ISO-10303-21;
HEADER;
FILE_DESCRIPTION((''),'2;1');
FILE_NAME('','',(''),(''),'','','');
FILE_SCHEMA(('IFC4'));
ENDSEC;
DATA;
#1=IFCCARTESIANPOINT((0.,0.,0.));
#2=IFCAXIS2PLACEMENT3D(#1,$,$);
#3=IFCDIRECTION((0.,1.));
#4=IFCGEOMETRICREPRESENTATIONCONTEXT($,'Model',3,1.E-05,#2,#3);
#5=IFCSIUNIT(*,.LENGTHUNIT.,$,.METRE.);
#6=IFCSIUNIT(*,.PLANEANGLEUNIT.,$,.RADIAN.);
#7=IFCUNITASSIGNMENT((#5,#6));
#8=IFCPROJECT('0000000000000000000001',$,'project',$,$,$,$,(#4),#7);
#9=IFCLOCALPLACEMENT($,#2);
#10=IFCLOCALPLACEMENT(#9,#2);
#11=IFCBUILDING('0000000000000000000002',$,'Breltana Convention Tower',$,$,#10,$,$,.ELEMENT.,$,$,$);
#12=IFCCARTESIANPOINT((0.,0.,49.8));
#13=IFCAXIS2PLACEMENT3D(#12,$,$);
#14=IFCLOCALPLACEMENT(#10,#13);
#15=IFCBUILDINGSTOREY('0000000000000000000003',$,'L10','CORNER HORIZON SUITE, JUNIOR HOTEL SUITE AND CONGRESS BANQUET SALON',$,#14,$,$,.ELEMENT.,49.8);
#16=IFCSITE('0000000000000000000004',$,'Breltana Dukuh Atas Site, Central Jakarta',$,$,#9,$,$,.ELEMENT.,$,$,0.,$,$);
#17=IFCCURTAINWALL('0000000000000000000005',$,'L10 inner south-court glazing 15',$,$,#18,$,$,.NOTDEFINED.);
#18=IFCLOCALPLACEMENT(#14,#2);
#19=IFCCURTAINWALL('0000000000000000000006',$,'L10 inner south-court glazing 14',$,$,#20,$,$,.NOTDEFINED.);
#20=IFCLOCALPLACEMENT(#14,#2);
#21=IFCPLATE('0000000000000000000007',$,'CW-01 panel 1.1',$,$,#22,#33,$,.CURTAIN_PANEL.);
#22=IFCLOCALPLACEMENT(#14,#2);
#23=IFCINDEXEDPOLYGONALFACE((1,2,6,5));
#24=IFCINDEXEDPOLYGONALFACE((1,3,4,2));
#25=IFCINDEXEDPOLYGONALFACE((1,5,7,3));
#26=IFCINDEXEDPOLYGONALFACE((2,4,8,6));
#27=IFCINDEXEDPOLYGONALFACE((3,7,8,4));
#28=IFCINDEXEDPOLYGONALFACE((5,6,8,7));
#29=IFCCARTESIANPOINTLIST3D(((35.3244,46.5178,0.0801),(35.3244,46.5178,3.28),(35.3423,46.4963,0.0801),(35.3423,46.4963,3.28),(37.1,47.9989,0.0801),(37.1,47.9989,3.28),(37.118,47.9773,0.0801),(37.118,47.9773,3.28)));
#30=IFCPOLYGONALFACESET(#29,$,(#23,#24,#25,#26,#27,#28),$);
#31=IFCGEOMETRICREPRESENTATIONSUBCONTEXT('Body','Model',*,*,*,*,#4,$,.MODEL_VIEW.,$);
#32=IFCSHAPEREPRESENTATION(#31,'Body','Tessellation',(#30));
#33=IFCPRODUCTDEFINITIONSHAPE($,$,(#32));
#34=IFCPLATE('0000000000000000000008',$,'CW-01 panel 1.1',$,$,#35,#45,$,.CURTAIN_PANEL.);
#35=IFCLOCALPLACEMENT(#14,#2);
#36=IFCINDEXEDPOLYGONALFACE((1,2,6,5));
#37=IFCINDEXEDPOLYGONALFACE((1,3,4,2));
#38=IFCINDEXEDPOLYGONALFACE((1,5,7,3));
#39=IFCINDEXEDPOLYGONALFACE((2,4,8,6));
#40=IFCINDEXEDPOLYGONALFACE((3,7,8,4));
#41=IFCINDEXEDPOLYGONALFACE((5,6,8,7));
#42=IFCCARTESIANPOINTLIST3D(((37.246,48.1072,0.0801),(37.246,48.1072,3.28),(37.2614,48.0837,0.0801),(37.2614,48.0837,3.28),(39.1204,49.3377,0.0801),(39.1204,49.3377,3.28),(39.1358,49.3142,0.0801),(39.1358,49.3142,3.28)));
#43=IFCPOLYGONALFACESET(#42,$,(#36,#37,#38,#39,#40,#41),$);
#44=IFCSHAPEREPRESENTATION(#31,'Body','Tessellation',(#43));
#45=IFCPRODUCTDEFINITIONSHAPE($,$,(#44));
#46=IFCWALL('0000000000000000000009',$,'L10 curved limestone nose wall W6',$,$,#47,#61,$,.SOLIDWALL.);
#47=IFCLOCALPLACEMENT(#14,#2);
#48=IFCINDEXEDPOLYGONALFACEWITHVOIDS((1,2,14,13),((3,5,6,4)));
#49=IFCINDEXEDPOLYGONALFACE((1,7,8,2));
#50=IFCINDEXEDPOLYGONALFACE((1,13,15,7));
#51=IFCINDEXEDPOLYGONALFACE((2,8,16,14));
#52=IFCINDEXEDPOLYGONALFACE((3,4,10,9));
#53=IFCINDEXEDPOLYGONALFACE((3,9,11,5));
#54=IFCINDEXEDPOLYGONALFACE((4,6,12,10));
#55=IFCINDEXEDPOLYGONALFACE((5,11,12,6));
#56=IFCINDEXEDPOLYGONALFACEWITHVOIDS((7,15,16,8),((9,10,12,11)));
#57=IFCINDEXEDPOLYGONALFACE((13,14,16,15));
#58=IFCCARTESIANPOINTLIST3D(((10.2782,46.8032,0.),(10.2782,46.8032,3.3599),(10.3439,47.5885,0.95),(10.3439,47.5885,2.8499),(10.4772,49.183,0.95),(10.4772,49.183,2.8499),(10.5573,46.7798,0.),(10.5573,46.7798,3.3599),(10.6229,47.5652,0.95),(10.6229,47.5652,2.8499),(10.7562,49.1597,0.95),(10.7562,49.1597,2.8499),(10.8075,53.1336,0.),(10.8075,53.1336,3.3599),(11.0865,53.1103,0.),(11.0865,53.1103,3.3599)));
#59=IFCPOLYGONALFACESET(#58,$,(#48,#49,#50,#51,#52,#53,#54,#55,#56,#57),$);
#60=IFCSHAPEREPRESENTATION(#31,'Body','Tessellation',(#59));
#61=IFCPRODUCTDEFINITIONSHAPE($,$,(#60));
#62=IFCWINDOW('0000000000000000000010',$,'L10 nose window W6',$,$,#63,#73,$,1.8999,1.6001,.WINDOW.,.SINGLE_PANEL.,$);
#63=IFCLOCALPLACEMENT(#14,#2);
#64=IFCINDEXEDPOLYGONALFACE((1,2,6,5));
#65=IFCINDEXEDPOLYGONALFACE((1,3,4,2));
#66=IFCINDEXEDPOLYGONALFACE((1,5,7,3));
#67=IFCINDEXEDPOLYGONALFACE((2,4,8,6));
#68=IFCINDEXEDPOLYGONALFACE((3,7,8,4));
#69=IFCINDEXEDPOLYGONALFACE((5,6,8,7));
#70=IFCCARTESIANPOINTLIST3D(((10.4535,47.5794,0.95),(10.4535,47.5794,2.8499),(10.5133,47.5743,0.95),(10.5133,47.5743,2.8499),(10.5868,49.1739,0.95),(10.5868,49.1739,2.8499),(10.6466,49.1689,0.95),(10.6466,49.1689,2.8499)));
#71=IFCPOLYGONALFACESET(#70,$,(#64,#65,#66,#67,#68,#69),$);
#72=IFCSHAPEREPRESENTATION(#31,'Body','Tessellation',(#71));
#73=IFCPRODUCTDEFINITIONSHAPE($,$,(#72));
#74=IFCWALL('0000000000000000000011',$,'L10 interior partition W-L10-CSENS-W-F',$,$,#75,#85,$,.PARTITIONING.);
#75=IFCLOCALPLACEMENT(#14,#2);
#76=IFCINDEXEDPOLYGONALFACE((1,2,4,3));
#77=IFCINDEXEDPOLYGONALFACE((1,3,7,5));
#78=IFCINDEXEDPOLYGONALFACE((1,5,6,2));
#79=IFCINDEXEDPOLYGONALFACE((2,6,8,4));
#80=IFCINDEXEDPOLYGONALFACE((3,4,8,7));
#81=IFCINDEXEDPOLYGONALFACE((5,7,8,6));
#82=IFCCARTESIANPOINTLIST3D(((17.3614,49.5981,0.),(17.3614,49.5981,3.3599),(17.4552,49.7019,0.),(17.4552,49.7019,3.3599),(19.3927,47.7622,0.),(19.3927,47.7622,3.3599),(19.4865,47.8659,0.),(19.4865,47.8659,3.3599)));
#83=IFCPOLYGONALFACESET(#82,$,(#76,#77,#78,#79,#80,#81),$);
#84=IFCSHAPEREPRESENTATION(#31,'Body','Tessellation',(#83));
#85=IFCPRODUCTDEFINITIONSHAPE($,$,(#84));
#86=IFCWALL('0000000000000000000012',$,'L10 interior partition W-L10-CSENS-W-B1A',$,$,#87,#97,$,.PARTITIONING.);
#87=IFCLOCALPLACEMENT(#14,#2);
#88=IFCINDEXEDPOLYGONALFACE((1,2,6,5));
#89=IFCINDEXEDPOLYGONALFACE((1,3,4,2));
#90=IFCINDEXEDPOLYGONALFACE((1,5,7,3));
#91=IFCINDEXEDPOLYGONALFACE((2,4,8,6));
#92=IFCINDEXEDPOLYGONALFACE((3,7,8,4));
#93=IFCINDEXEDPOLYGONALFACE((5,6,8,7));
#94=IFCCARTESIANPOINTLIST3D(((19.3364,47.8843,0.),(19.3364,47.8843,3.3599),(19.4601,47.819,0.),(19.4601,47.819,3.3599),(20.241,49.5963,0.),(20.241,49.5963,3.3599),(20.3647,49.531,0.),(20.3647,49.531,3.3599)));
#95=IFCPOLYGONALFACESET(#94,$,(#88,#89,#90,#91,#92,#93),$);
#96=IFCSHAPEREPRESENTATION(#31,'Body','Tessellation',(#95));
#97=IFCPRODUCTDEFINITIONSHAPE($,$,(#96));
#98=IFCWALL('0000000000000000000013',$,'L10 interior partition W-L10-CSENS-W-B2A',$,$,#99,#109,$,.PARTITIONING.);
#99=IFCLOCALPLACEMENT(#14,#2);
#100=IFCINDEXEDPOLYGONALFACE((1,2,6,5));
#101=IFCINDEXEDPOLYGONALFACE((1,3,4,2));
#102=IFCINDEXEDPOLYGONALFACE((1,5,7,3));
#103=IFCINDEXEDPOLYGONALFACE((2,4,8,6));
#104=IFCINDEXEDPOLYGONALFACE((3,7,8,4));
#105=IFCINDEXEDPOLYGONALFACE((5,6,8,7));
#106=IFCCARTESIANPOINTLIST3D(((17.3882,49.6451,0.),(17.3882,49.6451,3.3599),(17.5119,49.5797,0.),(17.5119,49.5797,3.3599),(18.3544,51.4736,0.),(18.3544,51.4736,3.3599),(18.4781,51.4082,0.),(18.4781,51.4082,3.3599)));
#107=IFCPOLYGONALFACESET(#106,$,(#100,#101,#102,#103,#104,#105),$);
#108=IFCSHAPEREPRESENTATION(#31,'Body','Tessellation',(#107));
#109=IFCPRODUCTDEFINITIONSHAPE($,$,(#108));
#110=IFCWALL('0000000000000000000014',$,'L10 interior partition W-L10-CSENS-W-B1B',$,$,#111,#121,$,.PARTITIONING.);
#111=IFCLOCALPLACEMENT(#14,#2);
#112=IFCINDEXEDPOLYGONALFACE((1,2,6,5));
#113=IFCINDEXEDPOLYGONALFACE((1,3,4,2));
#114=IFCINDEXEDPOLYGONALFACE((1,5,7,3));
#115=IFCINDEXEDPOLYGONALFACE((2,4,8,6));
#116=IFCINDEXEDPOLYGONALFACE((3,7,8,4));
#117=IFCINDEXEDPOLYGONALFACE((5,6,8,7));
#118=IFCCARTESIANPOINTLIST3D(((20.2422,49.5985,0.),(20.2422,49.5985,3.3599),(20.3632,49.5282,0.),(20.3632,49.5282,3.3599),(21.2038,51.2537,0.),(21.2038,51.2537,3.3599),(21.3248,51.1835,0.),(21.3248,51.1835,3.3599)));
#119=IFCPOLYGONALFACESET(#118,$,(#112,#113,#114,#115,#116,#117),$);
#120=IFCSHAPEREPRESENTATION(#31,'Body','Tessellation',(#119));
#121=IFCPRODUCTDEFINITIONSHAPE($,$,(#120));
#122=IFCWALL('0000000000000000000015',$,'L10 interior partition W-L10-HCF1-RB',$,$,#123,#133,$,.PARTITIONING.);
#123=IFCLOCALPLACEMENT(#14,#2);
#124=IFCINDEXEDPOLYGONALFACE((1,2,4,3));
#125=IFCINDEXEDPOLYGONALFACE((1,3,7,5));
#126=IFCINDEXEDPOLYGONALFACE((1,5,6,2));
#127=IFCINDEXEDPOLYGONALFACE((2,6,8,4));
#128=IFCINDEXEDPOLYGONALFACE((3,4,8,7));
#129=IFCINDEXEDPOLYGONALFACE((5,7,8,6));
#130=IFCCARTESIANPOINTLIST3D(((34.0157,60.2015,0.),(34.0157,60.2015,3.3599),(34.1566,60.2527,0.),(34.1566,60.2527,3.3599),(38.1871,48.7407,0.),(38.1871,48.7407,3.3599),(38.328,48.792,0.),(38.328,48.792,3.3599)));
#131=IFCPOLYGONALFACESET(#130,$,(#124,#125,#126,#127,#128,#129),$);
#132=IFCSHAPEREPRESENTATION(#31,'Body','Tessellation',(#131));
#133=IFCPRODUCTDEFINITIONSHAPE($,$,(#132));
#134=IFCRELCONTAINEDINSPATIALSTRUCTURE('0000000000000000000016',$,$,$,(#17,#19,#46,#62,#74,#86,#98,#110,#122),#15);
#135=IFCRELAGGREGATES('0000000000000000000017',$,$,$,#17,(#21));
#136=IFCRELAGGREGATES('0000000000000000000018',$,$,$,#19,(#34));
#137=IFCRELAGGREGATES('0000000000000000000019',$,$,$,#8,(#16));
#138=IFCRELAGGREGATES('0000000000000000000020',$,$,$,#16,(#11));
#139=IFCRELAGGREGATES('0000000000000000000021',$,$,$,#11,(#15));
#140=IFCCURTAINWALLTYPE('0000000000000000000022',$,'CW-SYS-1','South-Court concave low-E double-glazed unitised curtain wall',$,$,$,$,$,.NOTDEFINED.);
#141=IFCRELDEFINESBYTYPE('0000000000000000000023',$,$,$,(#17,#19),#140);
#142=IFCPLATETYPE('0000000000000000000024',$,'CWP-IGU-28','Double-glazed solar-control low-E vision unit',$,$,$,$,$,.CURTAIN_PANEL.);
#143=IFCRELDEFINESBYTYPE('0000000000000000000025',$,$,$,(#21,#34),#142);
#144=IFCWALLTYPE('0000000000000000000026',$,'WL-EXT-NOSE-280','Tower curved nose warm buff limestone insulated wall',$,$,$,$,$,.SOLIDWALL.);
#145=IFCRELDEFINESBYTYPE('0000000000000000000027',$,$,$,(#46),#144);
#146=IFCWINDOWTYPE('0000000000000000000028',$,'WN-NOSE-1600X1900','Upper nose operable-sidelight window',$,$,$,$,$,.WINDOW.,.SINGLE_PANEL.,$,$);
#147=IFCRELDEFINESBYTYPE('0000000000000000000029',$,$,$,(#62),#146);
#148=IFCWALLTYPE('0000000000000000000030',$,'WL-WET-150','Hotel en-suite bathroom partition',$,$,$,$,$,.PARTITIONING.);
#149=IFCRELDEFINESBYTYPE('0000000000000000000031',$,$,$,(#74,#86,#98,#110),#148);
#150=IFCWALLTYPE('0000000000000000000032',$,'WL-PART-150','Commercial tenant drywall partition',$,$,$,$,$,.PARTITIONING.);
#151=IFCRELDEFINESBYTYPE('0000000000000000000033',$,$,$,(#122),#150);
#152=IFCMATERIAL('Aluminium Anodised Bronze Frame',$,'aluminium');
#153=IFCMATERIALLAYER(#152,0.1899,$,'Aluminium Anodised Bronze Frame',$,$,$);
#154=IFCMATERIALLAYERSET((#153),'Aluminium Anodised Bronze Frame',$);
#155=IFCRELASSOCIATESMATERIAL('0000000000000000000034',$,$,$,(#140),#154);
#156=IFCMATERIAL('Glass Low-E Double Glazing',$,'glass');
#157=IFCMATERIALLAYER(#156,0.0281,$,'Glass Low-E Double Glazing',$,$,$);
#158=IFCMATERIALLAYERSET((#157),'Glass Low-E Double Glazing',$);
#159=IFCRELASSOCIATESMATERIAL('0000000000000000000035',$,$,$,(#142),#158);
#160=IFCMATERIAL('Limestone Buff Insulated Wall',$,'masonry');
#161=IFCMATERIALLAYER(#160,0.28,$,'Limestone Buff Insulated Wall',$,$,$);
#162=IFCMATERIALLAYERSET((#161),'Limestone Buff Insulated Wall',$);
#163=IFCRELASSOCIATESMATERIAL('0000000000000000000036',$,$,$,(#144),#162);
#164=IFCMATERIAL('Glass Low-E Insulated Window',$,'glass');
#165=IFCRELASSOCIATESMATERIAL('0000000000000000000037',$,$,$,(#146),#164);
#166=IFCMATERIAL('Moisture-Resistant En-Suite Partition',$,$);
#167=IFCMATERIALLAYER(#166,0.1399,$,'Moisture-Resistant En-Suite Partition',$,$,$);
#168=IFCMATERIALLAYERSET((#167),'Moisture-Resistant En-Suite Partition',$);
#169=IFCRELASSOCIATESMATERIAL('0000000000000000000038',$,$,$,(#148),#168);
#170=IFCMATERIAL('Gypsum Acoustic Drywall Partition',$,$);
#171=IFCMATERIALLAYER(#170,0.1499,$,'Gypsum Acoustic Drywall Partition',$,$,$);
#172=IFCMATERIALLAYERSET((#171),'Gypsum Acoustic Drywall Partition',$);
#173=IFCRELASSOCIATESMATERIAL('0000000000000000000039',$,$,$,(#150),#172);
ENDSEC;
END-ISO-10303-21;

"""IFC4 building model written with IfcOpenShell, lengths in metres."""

from ifc_helpers import new_model, si_unit, direction, frame, frame_2d, origin, origin_2d, place, context, subcontext, project, spatial, rectangle, extrude, source, transform, mapped, material, layer, layer_set, type_object, type_shapes, element, fill, aggregate, save


model = new_model("IFC4")

# Units and contexts
model_context = context("Model", 3, precision=1e-05, world=origin(), true_north=direction((0.0, 1.0)))
body_context = subcontext(model_context, "Body", "Model", "MODEL_VIEW")
ifc_project = project(units=[si_unit("LENGTHUNIT", "METRE"), si_unit("PLANEANGLEUNIT", "RADIAN")], contexts=[model_context])

# Site, building, storey
site_placement = place(None, origin())
site = spatial("IfcSite", under=ifc_project, at=site_placement, Name="Breltana Dukuh Atas Site, Central Jakarta", CompositionType="ELEMENT", RefElevation=0.0)
building_placement = place(site_placement, origin())
building = spatial("IfcBuilding", under=site, at=building_placement, Name="Breltana Convention Tower", CompositionType="ELEMENT")
storey_placement = place(building_placement, frame((0.0, 0.0, 49.8)))
storey = spatial("IfcBuildingStorey", under=building, at=storey_placement, Name="L10", Description="CORNER HORIZON SUITE, JUNIOR HOTEL SUITE AND CONGRESS BANQUET SALON", CompositionType="ELEMENT", Elevation=49.8)

# Curtain walls
ifc_material_1 = material(Name="Aluminium Anodised Bronze Frame", Category="aluminium")
ifc_layer_1 = layer(ifc_material_1, 0.1899, Name="Aluminium Anodised Bronze Frame")
ifc_layer_set_1 = layer_set([ifc_layer_1], Name="Aluminium Anodised Bronze Frame")
curtain_wall_type = type_object("IfcCurtainWallType", Name="CW-SYS-1", Description="South-Court concave low-E double-glazed unitised curtain wall", PredefinedType="NOTDEFINED", material=ifc_layer_set_1)
curtain_wall_1_placement = place(storey_placement, origin())
curtain_wall_1 = element("IfcCurtainWall", 1, at=curtain_wall_1_placement, inside=storey, type_object=curtain_wall_type, Name="L10 inner south-court glazing 15", PredefinedType="NOTDEFINED")
curtain_wall_2_placement = place(storey_placement, origin())
curtain_wall_2 = element("IfcCurtainWall", 2, at=curtain_wall_2_placement, inside=storey, type_object=curtain_wall_type, Name="L10 inner south-court glazing 14", PredefinedType="NOTDEFINED")

# Plates
ifc_material_2 = material(Name="Glass Low-E Double Glazing", Category="glass")
ifc_layer_2 = layer(ifc_material_2, 0.0281, Name="Glass Low-E Double Glazing")
ifc_layer_set_2 = layer_set([ifc_layer_2], Name="Glass Low-E Double Glazing")
plate_type = type_object("IfcPlateType", Name="CWP-IGU-28", Description="Double-glazed solar-control low-E vision unit", PredefinedType="CURTAIN_PANEL", material=ifc_layer_set_2)
shared_shape_1 = source(origin(), body_context, "Body", "SweptSolid", [
    extrude(rectangle(XDim=2.3123, YDim=0.0281, at=origin_2d()), origin(), (0.0, 0.0, 1.0), 3.2),
])
plate_1_placement = place(storey_placement, frame((36.2212, 47.2476, 0.0801), z_axis=(0.0, 0.0, 1.0), x_axis=(-0.767939, -0.640523, 0.0)))
plate_1 = element("IfcPlate", 3, at=plate_1_placement, type_object=plate_type, Name="CW-01 panel 1.1", PredefinedType="CURTAIN_PANEL", context=body_context, shape_type="MappedRepresentation", body=[
    mapped(shared_shape_1, transform((0.0, 0.0, 0.0), scale=1.0)),
])
aggregate(curtain_wall_1, [plate_1])
shared_shape_2 = source(origin(), body_context, "Body", "SweptSolid", [
    extrude(rectangle(XDim=2.2422, YDim=0.0281, at=origin_2d()), origin(), (0.0, 0.0, 1.0), 3.2),
])
plate_2_placement = place(storey_placement, frame((38.1909, 48.7107, 0.0801), z_axis=(0.0, 0.0, 1.0), x_axis=(-0.835968, -0.548778, 0.0)))
plate_2 = element("IfcPlate", 4, at=plate_2_placement, type_object=plate_type, Name="CW-01 panel 1.1", PredefinedType="CURTAIN_PANEL", context=body_context, shape_type="MappedRepresentation", body=[
    mapped(shared_shape_2, transform((0.0, 0.0, 0.0), scale=1.0)),
])
aggregate(curtain_wall_2, [plate_2])

# Wall, opening, window
ifc_material_3 = material(Name="Limestone Buff Insulated Wall", Category="masonry")
ifc_layer_3 = layer(ifc_material_3, 0.28, Name="Limestone Buff Insulated Wall")
ifc_layer_set_3 = layer_set([ifc_layer_3], Name="Limestone Buff Insulated Wall")
wall_type_1 = type_object("IfcWallType", Name="WL-EXT-NOSE-280", Description="Tower curved nose warm buff limestone insulated wall", PredefinedType="SOLIDWALL", material=ifc_layer_set_3)
shared_shape_3 = source(origin(), body_context, "Body", "SweptSolid", [
    extrude(rectangle(XDim=6.3525, YDim=0.28, at=frame_2d((3.1763, 0.0))), origin(), (0.0, 0.0, 1.0), 3.3599),
])
wall_1_placement = place(storey_placement, frame((10.4177, 46.7915, 0.0), z_axis=(0.0, 0.0, 1.0), x_axis=(0.083319, 0.996523, 0.0)))
wall_1 = element("IfcWall", 5, at=wall_1_placement, inside=storey, type_object=wall_type_1, Name="L10 curved limestone nose wall W6", PredefinedType="SOLIDWALL", context=body_context, shape_type="MappedRepresentation", body=[
    mapped(shared_shape_3, transform((0.0, 0.0, 0.0), scale=1.0)),
])
opening_placement = place(wall_1_placement, frame((0.7881, 0.0, 0.95)))
opening = element("IfcOpeningElement", 6, at=opening_placement, cuts=wall_1, PredefinedType="OPENING", context=body_context, shape_type="SweptSolid", body=[
    extrude(rectangle(XDim=1.6001, YDim=1.8999, at=frame_2d((0.8, 0.95))), frame((0.0, 0.1499, 0.0), z_axis=(0.0, -1.0, 0.0), x_axis=(1.0, 0.0, 0.0)), (0.0, 0.0, 1.0), 0.3),
])
ifc_material_4 = material(Name="Glass Low-E Insulated Window", Category="glass")
window_type = type_object("IfcWindowType", Name="WN-NOSE-1600X1900", Description="Upper nose operable-sidelight window", PartitioningType="SINGLE_PANEL", PredefinedType="WINDOW", material=ifc_material_4)
shared_shape_4 = source(origin(), body_context, "Body", "SweptSolid", [
    extrude(rectangle(XDim=1.6001, YDim=1.8999, at=frame_2d((0.8, 0.95))), frame((0.0, 0.03, 0.0), z_axis=(0.0, -1.0, 0.0), x_axis=(1.0, 0.0, 0.0)), (0.0, 0.0, 1.0), 0.0601),
])
type_shapes(window_type, [shared_shape_4])
window_placement = place(opening_placement, origin())
window = element("IfcWindow", 7, at=window_placement, inside=storey, type_object=window_type, Name="L10 nose window W6", OverallHeight=1.8999, OverallWidth=1.6001, PartitioningType="SINGLE_PANEL", PredefinedType="WINDOW", context=body_context, shape_type="MappedRepresentation", body=[
    mapped(shared_shape_4, transform((0.0, 0.0, 0.0), scale=1.0)),
])
fill(opening, window)

# Walls
ifc_material_5 = material(Name="Moisture-Resistant En-Suite Partition")
ifc_layer_4 = layer(ifc_material_5, 0.1399, Name="Moisture-Resistant En-Suite Partition")
ifc_layer_set_4 = layer_set([ifc_layer_4], Name="Moisture-Resistant En-Suite Partition")
wall_type_2 = type_object("IfcWallType", Name="WL-WET-150", Description="Hotel en-suite bathroom partition", PredefinedType="PARTITIONING", material=ifc_layer_set_4)
shared_shape_5 = source(origin(), body_context, "Body", "SweptSolid", [
    extrude(rectangle(XDim=2.738, YDim=0.1399, at=frame_2d((1.3691, 0.0))), origin(), (0.0, 0.0, 1.0), 3.3599),
])
wall_2_placement = place(storey_placement, frame((19.4397, 47.814, 0.0), z_axis=(0.0, 0.0, 1.0), x_axis=(-0.741874, 0.67054, 0.0)))
element("IfcWall", 8, at=wall_2_placement, inside=storey, type_object=wall_type_2, Name="L10 interior partition W-L10-CSENS-W-F", PredefinedType="PARTITIONING", context=body_context, shape_type="MappedRepresentation", body=[
    mapped(shared_shape_5, transform((0.0, 0.0, 0.0), scale=1.0)),
])
shared_shape_6 = source(origin(), body_context, "Body", "SweptSolid", [
    extrude(rectangle(XDim=1.9363, YDim=0.1399, at=frame_2d((0.9683, 0.0))), origin(), (0.0, 0.0, 1.0), 3.3599),
])
wall_3_placement = place(storey_placement, frame((19.3982, 47.8516, 0.0), z_axis=(0.0, 0.0, 1.0), x_axis=(0.467175, 0.884165, 0.0)))
element("IfcWall", 9, at=wall_3_placement, inside=storey, type_object=wall_type_2, Name="L10 interior partition W-L10-CSENS-W-B1A", PredefinedType="PARTITIONING", context=body_context, shape_type="MappedRepresentation", body=[
    mapped(shared_shape_6, transform((0.0, 0.0, 0.0), scale=1.0)),
])
shared_shape_7 = source(origin(), body_context, "Body", "SweptSolid", [
    extrude(rectangle(XDim=2.0681, YDim=0.1399, at=frame_2d((1.0342, 0.0))), origin(), (0.0, 0.0, 1.0), 3.3599),
])
wall_4_placement = place(storey_placement, frame((17.45, 49.6123, 0.0), z_axis=(0.0, 0.0, 1.0), x_axis=(0.467215, 0.884144, 0.0)))
element("IfcWall", 10, at=wall_4_placement, inside=storey, type_object=wall_type_2, Name="L10 interior partition W-L10-CSENS-W-B2A", PredefinedType="PARTITIONING", context=body_context, shape_type="MappedRepresentation", body=[
    mapped(shared_shape_7, transform((0.0, 0.0, 0.0), scale=1.0)),
])
shared_shape_8 = source(origin(), body_context, "Body", "SweptSolid", [
    extrude(rectangle(XDim=1.9143, YDim=0.1399, at=frame_2d((0.957, 0.0))), origin(), (0.0, 0.0, 1.0), 3.3599),
])
wall_5_placement = place(storey_placement, frame((20.3027, 49.5635, 0.0), z_axis=(0.0, 0.0, 1.0), x_axis=(0.502348, 0.864666, 0.0)))
element("IfcWall", 11, at=wall_5_placement, inside=storey, type_object=wall_type_2, Name="L10 interior partition W-L10-CSENS-W-B1B", PredefinedType="PARTITIONING", context=body_context, shape_type="MappedRepresentation", body=[
    mapped(shared_shape_8, transform((0.0, 0.0, 0.0), scale=1.0)),
])
ifc_material_6 = material(Name="Gypsum Acoustic Drywall Partition")
ifc_layer_5 = layer(ifc_material_6, 0.1499, Name="Gypsum Acoustic Drywall Partition")
ifc_layer_set_5 = layer_set([ifc_layer_5], Name="Gypsum Acoustic Drywall Partition")
wall_type_3 = type_object("IfcWallType", Name="WL-PART-150", Description="Commercial tenant drywall partition", PredefinedType="PARTITIONING", material=ifc_layer_set_5)
shared_shape_9 = source(origin(), body_context, "Body", "SweptSolid", [
    extrude(rectangle(XDim=12.1963, YDim=0.1499, at=frame_2d((6.0981, 0.0))), origin(), (0.0, 0.0, 1.0), 3.3599),
])
wall_6_placement = place(storey_placement, frame((38.2576, 48.7664, 0.0), z_axis=(0.0, 0.0, 1.0), x_axis=(-0.342023, 0.939692, 0.0)))
element("IfcWall", 12, at=wall_6_placement, inside=storey, type_object=wall_type_3, Name="L10 interior partition W-L10-HCF1-RB", PredefinedType="PARTITIONING", context=body_context, shape_type="MappedRepresentation", body=[
    mapped(shared_shape_9, transform((0.0, 0.0, 0.0), scale=1.0)),
])

save(model, "model.ifc")
